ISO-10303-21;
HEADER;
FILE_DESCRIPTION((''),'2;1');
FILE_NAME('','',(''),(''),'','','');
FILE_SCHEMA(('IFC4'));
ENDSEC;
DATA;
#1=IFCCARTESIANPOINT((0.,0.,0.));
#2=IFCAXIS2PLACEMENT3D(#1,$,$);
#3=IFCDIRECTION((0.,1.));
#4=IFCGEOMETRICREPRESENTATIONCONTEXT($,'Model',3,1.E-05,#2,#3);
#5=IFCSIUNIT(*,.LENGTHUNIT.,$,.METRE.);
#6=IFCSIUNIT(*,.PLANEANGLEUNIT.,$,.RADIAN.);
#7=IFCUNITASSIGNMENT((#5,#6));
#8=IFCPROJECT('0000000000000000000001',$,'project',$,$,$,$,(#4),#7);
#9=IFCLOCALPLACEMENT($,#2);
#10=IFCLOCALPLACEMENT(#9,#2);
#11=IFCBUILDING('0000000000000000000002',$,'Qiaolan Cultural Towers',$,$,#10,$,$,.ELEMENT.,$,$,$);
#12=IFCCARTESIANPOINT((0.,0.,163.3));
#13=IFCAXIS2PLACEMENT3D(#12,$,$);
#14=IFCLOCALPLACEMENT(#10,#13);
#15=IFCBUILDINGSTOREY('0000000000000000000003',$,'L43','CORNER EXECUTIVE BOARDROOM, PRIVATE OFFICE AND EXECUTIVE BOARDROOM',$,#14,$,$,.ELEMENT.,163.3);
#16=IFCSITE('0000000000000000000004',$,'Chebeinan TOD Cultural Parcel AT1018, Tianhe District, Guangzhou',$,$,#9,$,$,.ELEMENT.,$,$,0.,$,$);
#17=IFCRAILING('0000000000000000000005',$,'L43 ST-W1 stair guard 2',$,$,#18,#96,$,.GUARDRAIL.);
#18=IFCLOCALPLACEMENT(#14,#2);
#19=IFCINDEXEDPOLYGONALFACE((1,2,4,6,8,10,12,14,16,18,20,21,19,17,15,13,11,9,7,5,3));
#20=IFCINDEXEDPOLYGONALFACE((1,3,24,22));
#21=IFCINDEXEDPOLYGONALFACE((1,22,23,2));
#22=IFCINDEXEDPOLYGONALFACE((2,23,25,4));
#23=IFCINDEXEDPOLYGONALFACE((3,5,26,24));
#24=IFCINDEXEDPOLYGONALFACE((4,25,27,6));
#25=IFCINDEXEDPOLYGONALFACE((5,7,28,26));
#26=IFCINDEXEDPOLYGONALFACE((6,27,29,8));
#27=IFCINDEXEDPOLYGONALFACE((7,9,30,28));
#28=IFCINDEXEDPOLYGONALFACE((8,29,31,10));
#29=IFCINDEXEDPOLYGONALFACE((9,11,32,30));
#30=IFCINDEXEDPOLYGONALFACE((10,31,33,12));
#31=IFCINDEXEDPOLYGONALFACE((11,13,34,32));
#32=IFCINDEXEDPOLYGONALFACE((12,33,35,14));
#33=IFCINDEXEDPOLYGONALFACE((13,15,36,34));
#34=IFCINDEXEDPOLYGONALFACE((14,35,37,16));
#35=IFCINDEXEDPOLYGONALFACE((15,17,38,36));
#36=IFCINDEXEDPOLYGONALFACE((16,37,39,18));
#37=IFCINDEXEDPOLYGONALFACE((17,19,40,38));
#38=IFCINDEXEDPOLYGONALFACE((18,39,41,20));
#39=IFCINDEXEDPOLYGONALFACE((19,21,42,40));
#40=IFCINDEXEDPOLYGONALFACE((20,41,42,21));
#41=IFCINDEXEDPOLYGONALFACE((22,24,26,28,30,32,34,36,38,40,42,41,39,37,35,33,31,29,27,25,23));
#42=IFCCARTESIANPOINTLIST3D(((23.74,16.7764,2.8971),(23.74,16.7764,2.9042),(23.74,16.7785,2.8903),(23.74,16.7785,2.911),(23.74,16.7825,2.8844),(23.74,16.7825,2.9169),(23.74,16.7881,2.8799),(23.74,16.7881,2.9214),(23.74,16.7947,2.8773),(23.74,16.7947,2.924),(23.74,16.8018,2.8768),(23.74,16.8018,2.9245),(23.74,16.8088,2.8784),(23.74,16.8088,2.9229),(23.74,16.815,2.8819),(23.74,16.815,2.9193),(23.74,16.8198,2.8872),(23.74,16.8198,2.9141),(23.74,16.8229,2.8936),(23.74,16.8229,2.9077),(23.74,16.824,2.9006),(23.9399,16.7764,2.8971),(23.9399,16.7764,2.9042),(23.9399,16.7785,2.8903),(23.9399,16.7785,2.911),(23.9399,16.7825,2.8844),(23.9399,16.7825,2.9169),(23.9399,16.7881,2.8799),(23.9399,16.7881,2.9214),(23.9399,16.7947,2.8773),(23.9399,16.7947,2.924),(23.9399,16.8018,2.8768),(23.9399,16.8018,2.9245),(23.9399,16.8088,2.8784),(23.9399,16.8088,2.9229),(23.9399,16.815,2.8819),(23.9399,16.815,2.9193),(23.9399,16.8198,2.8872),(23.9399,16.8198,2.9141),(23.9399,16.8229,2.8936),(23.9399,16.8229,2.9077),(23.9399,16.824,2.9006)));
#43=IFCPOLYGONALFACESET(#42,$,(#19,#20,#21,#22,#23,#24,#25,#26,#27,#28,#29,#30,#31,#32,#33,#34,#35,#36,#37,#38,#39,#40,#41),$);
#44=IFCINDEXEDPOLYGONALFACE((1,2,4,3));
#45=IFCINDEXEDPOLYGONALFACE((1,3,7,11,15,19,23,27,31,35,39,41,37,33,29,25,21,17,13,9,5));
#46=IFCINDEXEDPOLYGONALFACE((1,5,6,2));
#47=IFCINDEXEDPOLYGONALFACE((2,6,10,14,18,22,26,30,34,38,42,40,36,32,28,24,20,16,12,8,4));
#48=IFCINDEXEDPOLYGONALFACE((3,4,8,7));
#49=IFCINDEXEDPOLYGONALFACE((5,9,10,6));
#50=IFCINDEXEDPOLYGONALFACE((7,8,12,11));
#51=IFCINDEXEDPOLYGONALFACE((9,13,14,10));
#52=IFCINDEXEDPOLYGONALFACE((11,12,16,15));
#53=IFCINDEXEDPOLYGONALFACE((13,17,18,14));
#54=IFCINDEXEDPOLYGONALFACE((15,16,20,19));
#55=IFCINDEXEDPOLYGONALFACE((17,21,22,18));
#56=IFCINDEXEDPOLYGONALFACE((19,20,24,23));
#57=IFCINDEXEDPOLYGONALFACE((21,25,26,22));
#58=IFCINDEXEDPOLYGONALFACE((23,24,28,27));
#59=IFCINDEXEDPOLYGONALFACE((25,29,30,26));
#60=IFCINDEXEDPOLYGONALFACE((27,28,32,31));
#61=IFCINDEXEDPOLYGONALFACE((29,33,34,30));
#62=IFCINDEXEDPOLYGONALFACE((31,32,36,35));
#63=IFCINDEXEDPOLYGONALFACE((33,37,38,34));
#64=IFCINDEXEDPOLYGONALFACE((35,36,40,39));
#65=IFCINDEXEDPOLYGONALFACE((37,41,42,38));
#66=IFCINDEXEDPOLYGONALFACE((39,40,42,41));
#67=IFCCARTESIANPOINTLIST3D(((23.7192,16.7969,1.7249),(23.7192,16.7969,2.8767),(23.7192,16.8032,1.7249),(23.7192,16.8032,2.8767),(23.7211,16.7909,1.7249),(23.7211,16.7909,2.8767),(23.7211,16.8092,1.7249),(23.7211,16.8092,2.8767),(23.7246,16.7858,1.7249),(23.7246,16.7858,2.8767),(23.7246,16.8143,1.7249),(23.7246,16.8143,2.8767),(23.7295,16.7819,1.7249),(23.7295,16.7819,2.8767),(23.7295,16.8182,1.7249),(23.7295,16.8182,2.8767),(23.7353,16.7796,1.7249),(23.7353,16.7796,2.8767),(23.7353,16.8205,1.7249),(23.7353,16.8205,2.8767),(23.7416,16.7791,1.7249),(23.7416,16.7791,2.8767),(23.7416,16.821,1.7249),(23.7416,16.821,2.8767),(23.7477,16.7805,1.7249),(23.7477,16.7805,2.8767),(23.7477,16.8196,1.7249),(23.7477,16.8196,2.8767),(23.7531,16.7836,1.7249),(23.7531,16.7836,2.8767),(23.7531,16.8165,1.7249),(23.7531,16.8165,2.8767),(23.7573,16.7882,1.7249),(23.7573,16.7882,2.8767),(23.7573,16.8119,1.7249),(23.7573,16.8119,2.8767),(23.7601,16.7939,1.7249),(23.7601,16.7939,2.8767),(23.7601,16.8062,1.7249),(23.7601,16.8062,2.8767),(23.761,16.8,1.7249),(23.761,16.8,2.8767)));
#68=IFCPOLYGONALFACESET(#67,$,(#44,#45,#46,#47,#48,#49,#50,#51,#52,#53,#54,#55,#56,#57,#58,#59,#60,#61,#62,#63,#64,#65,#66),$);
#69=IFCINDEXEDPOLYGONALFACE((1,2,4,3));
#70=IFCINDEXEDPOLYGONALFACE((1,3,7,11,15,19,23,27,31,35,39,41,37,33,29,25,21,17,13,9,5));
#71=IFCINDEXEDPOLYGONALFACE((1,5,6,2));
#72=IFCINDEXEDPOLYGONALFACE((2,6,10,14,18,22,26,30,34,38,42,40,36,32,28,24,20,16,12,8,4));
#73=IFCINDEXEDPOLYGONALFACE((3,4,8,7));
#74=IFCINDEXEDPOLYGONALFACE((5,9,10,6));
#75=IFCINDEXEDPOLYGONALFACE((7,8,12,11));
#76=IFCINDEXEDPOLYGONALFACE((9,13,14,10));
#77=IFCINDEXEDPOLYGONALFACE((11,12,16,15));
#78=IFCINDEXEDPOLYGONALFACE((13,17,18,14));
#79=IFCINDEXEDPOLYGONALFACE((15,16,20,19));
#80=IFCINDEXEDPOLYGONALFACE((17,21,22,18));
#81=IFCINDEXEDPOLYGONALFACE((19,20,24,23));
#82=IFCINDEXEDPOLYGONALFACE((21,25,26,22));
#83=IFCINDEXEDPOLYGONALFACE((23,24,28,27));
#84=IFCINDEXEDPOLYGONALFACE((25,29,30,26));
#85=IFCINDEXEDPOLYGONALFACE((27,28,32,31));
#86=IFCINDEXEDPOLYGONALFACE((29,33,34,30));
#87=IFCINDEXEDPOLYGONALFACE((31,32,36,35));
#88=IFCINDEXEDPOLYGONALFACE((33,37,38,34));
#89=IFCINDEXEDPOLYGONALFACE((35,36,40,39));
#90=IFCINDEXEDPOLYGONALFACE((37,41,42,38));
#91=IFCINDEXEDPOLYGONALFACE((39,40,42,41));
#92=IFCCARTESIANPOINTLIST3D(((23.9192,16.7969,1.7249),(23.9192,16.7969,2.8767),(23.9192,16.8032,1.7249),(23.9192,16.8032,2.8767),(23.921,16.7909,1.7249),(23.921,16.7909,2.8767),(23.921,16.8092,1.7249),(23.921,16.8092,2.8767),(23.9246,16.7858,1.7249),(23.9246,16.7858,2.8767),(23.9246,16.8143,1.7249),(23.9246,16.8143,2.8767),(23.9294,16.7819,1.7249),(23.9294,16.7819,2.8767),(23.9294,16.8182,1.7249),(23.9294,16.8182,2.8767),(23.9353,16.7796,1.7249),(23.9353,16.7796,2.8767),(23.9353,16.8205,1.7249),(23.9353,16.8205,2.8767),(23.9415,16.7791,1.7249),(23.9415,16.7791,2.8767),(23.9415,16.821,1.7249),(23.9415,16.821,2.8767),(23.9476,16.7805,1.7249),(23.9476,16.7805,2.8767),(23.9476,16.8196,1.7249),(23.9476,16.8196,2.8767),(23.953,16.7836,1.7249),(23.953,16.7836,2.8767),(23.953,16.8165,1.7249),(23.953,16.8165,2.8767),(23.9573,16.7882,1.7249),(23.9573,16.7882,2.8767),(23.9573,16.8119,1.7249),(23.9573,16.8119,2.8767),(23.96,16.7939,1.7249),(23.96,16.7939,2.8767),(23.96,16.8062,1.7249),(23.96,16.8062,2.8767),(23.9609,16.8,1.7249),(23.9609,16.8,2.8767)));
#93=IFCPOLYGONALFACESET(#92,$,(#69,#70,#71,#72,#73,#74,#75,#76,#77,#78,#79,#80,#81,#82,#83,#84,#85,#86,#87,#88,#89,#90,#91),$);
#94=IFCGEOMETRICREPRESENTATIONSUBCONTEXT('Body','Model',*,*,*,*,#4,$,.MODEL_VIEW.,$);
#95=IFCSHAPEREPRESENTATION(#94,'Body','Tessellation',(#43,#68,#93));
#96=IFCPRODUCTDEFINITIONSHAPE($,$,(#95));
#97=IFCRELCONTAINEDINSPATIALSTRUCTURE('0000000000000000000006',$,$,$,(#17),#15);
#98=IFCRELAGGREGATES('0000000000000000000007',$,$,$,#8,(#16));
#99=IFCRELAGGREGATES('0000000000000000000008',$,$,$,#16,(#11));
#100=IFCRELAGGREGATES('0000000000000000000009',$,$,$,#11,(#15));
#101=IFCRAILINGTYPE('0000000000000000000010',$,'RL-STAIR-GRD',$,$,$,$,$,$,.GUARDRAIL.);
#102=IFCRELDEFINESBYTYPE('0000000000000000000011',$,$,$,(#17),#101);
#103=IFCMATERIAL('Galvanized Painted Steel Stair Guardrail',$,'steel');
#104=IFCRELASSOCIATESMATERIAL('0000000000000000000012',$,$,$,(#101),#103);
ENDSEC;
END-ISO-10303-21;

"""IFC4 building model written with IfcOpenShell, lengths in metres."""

from ifc_helpers import new_model, si_unit, direction, frame, origin, origin_2d, place, context, subcontext, project, spatial, circle, extrude, material, type_object, element, save


model = new_model("IFC4")

# Units and contexts
model_context = context("Model", 3, precision=1e-05, world=origin(), true_north=direction((0.0, 1.0)))
body_context = subcontext(model_context, "Body", "Model", "MODEL_VIEW")
ifc_project = project(units=[si_unit("LENGTHUNIT", "METRE"), si_unit("PLANEANGLEUNIT", "RADIAN")], contexts=[model_context])

# Site, building, storey
site_placement = place(None, origin())
site = spatial("IfcSite", under=ifc_project, at=site_placement, Name="Chebeinan TOD Cultural Parcel AT1018, Tianhe District, Guangzhou", CompositionType="ELEMENT", RefElevation=0.0)
building_placement = place(site_placement, origin())
building = spatial("IfcBuilding", under=site, at=building_placement, Name="Qiaolan Cultural Towers", CompositionType="ELEMENT")
storey_placement = place(building_placement, frame((0.0, 0.0, 163.3)))
storey = spatial("IfcBuildingStorey", under=building, at=storey_placement, Name="L43", Description="CORNER EXECUTIVE BOARDROOM, PRIVATE OFFICE AND EXECUTIVE BOARDROOM", CompositionType="ELEMENT", Elevation=163.3)

# Railing
ifc_material_1 = material(Name="Galvanized Painted Steel Stair Guardrail", Category="steel")
railing_type = type_object("IfcRailingType", Name="RL-STAIR-GRD", PredefinedType="GUARDRAIL", material=ifc_material_1)
railing_placement = place(storey_placement, frame((23.74, 16.8, 1.7249)))
element("IfcRailing", 1, at=railing_placement, inside=storey, type_object=railing_type, Name="L43 ST-W1 stair guard 2", PredefinedType="GUARDRAIL", context=body_context, shape_type="SweptSolid", body=[
    extrude(circle(Radius=0.0239, at=origin_2d()), frame((0.0, 0.0, 1.1758), z_axis=(1.0, 0.0, 0.0), x_axis=(0.0, 1.0, 0.0)), (0.0, 0.0, 1.0), 0.2),
    extrude(circle(Radius=0.021, at=origin_2d()), origin(), (0.0, 0.0, 1.0), 1.1519),
    extrude(circle(Radius=0.021, at=origin_2d()), frame((0.2, 0.0, 0.0)), (0.0, 0.0, 1.0), 1.1519),
])

save(model, "model.ifc")
